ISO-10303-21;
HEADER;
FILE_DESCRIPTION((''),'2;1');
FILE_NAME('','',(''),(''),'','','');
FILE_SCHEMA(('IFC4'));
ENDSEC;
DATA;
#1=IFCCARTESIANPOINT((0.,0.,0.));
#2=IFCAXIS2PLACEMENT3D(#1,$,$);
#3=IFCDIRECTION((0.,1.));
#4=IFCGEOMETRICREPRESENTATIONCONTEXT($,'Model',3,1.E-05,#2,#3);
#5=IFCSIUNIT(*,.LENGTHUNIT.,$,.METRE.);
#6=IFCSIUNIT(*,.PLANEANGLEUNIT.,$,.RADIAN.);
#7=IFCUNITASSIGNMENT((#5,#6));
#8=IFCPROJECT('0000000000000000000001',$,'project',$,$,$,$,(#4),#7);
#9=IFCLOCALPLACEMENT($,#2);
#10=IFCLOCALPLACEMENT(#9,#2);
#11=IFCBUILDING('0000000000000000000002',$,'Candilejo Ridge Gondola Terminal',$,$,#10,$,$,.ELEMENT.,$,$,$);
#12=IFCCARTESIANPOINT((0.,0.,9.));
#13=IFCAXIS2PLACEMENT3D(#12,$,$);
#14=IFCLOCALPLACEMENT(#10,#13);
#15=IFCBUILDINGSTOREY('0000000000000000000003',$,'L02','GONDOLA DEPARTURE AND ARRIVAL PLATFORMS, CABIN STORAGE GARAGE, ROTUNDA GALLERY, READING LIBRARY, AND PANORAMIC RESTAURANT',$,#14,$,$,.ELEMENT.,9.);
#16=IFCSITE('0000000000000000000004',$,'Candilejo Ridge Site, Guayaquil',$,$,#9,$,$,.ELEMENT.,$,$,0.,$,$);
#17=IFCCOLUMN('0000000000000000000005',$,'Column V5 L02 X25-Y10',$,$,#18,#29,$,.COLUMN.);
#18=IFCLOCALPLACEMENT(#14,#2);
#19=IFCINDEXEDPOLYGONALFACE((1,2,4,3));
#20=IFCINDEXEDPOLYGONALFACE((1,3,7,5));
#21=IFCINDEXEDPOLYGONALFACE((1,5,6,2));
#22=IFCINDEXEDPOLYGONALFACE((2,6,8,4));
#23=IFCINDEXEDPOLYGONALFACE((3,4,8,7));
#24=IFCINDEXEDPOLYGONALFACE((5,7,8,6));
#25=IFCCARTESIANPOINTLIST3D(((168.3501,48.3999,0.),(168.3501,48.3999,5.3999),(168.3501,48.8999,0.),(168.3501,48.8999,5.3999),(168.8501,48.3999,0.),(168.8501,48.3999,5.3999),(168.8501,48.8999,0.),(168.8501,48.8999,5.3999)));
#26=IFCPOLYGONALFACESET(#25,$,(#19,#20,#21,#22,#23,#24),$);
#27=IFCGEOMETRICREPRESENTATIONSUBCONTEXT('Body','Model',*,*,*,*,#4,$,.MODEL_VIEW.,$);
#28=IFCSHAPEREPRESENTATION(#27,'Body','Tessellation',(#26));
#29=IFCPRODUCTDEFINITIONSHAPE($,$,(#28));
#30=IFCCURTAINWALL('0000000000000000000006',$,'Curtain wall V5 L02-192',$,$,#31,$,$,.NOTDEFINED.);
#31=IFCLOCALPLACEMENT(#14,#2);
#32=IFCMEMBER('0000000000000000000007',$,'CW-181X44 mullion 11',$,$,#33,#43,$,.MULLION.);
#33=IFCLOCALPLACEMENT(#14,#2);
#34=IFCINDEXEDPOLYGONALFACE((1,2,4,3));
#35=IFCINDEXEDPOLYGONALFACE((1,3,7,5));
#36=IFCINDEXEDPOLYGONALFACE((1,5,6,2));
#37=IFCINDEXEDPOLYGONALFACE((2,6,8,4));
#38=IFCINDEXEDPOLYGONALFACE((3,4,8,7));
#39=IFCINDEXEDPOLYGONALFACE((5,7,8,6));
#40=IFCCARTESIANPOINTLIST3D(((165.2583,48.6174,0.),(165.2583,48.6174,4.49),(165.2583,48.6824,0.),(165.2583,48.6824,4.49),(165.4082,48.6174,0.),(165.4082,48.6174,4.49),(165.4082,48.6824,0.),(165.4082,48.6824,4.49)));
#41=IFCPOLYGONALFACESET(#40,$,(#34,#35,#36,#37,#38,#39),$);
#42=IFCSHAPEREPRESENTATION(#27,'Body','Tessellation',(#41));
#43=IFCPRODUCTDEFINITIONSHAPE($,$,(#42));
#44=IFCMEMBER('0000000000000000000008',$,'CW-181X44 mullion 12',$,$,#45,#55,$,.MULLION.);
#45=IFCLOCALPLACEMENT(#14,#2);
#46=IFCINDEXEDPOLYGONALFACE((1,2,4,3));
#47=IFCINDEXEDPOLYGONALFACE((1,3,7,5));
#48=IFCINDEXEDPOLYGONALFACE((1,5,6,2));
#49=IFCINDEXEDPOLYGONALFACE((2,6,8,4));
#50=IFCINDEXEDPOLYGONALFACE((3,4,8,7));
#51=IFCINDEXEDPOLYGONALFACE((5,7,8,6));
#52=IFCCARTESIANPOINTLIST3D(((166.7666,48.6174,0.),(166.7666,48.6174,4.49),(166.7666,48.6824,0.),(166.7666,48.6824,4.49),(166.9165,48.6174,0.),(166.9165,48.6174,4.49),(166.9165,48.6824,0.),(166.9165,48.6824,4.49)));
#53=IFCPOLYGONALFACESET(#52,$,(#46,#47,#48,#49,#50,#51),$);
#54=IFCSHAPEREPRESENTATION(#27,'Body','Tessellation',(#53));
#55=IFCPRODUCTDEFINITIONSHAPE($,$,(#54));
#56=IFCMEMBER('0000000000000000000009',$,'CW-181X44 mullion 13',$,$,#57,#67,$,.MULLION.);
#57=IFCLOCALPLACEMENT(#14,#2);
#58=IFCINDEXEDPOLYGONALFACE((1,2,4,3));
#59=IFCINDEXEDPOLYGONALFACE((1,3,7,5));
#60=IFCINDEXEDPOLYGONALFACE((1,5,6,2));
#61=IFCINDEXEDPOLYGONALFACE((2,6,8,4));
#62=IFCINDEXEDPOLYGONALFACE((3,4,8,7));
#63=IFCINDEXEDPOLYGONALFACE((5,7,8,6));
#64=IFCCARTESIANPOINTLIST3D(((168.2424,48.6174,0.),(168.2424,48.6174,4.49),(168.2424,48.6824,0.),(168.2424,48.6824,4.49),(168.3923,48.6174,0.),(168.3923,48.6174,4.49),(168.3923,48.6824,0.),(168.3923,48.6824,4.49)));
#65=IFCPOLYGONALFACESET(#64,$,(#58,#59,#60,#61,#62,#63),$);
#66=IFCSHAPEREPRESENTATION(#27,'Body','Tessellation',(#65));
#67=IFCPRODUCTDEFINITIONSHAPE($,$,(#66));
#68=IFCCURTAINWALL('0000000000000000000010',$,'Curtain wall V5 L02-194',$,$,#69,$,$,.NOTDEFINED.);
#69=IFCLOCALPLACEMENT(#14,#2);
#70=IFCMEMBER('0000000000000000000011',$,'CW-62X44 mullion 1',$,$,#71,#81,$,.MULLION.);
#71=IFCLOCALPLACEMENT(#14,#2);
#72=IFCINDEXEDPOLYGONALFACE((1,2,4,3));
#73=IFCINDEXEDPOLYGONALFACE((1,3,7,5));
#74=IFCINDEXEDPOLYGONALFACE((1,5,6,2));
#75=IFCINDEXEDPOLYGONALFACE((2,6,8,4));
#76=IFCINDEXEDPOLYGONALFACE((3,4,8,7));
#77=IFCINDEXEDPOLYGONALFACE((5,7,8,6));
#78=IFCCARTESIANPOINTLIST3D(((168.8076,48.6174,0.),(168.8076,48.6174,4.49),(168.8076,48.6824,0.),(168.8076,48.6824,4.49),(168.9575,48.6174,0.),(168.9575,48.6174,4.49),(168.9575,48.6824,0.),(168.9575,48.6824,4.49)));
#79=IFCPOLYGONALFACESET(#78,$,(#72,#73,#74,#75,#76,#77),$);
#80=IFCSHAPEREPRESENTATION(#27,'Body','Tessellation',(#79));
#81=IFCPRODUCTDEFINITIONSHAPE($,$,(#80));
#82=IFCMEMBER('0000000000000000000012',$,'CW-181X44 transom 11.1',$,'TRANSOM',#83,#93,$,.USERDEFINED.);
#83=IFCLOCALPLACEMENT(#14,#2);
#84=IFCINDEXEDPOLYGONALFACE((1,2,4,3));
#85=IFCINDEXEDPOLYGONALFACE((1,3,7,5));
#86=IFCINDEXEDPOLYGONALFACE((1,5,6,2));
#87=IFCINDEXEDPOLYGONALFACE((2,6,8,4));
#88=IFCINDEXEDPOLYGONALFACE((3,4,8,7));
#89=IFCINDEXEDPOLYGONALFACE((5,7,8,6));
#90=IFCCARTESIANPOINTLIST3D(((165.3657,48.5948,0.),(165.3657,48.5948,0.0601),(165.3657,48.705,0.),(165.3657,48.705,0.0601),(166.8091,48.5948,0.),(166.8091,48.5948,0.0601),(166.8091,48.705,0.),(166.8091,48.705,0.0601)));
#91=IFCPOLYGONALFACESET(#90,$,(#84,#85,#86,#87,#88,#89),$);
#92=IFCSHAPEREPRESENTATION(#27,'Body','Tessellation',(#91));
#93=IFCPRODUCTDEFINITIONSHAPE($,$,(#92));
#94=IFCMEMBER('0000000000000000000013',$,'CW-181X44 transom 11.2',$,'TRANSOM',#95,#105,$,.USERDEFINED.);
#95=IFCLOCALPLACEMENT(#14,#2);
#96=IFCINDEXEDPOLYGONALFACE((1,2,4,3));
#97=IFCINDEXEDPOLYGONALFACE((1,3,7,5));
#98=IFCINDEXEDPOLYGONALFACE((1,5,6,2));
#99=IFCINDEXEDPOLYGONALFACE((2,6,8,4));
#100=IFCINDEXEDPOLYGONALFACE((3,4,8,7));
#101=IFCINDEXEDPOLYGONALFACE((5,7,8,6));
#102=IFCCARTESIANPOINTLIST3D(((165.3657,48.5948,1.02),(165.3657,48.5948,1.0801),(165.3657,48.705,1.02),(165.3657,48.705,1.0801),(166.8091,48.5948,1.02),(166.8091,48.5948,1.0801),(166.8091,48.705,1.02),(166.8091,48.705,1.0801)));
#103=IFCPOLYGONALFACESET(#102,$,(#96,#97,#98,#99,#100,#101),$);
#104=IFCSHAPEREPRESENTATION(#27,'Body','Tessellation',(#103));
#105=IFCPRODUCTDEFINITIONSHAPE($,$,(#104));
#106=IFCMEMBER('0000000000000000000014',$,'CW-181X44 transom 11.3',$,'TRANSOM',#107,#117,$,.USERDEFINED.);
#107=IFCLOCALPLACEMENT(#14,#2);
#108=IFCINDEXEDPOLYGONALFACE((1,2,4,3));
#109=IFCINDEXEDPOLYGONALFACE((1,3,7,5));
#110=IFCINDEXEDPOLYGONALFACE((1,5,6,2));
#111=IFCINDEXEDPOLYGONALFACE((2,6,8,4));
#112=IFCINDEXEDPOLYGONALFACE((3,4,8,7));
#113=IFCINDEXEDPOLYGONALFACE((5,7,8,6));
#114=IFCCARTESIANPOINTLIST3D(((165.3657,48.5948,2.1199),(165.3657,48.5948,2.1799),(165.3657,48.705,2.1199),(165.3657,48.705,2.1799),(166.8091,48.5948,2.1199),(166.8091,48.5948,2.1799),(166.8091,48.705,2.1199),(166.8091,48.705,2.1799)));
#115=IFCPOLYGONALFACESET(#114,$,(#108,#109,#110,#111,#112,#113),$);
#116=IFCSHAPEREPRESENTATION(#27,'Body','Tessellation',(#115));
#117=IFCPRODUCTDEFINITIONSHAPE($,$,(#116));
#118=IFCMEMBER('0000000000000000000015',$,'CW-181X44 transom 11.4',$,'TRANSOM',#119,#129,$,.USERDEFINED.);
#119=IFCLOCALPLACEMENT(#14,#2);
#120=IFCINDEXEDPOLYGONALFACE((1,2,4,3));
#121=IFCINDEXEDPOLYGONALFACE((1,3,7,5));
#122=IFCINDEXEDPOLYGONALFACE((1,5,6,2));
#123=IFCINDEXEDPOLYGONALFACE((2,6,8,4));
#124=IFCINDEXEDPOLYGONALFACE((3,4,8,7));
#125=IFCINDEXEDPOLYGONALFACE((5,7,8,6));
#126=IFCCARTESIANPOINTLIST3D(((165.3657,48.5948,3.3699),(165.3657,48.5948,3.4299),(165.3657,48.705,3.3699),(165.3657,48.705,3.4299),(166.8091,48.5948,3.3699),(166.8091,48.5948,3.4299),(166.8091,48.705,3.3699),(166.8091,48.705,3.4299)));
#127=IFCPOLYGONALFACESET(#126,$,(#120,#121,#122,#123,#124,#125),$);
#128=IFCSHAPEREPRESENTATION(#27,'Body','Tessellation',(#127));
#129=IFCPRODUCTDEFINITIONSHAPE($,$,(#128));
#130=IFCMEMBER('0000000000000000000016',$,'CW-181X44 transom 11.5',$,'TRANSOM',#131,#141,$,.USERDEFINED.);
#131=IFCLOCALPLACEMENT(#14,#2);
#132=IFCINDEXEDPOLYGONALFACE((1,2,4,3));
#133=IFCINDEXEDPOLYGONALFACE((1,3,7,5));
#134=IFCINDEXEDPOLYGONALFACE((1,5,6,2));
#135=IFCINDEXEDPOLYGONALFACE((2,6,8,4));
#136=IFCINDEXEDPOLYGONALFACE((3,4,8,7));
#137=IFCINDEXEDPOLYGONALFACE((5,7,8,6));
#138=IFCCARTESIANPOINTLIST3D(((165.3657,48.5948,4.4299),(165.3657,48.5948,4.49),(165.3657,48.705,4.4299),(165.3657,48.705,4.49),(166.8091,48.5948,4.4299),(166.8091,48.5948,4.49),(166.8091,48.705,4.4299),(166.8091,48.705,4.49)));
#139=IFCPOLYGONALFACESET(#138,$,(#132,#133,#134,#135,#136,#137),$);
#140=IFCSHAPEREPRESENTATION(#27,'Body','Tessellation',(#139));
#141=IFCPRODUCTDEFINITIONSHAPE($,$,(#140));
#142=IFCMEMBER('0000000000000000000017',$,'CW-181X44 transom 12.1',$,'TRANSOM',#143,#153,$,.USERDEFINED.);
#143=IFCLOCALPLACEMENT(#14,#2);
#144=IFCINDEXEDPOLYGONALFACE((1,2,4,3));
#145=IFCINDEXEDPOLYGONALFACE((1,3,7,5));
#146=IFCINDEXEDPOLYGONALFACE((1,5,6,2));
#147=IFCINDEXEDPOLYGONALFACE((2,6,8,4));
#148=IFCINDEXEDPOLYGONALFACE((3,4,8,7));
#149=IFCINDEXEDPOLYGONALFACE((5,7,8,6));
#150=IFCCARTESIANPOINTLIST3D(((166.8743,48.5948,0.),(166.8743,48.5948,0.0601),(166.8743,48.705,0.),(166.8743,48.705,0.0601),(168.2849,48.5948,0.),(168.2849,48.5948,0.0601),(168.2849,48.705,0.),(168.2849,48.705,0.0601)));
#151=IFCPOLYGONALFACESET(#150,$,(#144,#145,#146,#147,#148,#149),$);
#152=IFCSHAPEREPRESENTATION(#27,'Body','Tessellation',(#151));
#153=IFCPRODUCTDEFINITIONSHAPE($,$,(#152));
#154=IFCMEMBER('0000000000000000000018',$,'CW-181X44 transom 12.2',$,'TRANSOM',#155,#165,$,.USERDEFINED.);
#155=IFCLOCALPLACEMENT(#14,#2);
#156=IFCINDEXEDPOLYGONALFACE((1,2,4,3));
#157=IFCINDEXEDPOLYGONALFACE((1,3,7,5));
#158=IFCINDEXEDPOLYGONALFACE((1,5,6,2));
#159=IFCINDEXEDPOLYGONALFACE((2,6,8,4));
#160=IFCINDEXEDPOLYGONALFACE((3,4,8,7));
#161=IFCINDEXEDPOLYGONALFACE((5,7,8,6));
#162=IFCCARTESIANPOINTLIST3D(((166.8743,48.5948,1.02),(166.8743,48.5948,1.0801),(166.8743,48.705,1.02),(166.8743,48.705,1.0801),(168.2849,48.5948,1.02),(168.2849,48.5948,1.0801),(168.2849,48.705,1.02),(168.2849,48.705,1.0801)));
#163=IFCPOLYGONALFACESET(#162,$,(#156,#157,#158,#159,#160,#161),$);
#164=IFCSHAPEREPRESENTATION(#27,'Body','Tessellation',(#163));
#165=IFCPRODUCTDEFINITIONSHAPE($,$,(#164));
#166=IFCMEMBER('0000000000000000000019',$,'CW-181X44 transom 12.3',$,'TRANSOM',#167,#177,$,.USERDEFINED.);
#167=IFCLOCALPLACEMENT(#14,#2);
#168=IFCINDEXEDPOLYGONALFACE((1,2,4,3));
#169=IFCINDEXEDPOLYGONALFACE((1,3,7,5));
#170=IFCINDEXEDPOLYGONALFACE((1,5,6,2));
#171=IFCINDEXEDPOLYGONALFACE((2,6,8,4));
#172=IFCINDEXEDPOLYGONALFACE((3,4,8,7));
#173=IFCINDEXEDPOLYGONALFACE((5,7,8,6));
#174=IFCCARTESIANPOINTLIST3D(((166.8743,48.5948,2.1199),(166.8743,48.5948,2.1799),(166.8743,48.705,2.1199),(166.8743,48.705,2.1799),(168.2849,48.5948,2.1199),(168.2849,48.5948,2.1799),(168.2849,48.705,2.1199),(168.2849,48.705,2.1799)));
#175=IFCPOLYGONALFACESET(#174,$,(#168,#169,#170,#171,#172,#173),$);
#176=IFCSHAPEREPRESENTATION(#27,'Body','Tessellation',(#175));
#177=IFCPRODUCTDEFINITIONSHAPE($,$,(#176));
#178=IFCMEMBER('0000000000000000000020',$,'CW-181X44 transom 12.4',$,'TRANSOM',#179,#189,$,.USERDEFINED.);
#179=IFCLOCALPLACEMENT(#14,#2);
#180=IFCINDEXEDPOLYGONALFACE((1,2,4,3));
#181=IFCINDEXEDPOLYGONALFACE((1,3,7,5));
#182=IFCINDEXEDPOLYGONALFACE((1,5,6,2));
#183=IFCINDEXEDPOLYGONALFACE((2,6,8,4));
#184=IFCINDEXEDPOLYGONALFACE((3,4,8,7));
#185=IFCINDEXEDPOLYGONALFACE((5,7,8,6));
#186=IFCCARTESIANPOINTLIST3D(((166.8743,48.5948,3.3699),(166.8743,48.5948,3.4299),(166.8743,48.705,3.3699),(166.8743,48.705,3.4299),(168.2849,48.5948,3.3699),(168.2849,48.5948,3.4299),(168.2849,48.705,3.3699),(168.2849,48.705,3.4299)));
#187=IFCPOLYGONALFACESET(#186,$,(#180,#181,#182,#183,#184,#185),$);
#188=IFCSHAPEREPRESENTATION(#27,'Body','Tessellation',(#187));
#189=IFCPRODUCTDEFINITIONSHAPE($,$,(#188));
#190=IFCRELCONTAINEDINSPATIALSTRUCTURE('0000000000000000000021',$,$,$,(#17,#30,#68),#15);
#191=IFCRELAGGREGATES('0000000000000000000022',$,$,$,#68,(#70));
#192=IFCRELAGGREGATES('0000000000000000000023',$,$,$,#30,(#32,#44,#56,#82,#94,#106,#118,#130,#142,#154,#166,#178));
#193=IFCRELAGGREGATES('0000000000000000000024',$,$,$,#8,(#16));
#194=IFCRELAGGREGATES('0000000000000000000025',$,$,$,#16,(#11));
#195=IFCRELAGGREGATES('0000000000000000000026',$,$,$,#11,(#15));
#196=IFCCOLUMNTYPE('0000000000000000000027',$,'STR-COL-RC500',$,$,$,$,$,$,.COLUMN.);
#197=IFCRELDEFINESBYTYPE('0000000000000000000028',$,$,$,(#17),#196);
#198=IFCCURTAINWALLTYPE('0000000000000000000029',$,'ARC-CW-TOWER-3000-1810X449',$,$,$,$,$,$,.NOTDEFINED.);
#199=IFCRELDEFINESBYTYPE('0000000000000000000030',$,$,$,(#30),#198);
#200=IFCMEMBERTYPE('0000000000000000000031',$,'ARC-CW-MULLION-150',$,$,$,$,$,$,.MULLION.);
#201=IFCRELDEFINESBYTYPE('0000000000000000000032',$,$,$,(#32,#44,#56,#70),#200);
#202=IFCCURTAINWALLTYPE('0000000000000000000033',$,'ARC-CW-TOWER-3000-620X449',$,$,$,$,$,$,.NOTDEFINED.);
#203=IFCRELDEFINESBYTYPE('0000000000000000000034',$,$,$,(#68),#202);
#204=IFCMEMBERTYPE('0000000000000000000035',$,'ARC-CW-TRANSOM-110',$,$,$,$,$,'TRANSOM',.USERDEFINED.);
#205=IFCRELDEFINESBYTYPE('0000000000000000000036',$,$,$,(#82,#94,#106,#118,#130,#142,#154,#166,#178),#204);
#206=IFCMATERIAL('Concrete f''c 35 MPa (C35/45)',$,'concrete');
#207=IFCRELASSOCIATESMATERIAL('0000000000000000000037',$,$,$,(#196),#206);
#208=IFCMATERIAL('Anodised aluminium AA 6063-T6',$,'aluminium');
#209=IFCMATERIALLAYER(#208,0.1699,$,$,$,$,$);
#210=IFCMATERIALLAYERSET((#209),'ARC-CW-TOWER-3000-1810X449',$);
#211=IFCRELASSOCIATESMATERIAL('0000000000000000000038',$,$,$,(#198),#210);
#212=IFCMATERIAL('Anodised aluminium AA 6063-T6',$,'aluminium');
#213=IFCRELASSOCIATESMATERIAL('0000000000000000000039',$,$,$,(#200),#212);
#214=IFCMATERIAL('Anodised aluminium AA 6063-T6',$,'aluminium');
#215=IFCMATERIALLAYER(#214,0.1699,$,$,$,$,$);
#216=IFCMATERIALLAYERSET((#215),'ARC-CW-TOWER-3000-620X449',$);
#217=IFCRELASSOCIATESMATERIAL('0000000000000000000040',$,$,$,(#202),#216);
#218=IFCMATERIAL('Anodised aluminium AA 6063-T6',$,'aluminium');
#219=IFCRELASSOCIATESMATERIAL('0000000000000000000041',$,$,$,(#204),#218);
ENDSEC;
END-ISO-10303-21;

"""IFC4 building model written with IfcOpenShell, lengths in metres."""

from ifc_helpers import new_model, si_unit, direction, frame, origin, origin_2d, place, context, subcontext, project, spatial, rectangle, extrude, material, layer, layer_set, material_profile, profile_set, type_object, element, aggregate, save


model = new_model("IFC4")

# Units and contexts
model_context = context("Model", 3, precision=1e-05, world=origin(), true_north=direction((0.0, 1.0)))
body_context = subcontext(model_context, "Body", "Model", "MODEL_VIEW")
ifc_project = project(units=[si_unit("LENGTHUNIT", "METRE"), si_unit("PLANEANGLEUNIT", "RADIAN")], contexts=[model_context])

# Site, building, storey
site_placement = place(None, origin())
site = spatial("IfcSite", under=ifc_project, at=site_placement, Name="Candilejo Ridge Site, Guayaquil", CompositionType="ELEMENT", RefElevation=0.0)
building_placement = place(site_placement, origin())
building = spatial("IfcBuilding", under=site, at=building_placement, Name="Candilejo Ridge Gondola Terminal", CompositionType="ELEMENT")
storey_placement = place(building_placement, frame((0.0, 0.0, 9.0)))
storey = spatial("IfcBuildingStorey", under=building, at=storey_placement, Name="L02", Description="GONDOLA DEPARTURE AND ARRIVAL PLATFORMS, CABIN STORAGE GARAGE, ROTUNDA GALLERY, READING LIBRARY, AND PANORAMIC RESTAURANT", CompositionType="ELEMENT", Elevation=9.0)

# Column
ifc_material_1 = material(Name="Concrete f'c 35 MPa (C35/45)", Category="concrete")
ifc_material_profile_1 = material_profile(ifc_material_1, rectangle(XDim=0.5, YDim=0.5, at=origin_2d()))
ifc_profile_set_1 = profile_set([ifc_material_profile_1], Name="Concrete f'c 35 MPa (C35/45)")
column_type = type_object("IfcColumnType", Name="STR-COL-RC500", PredefinedType="COLUMN", material=ifc_profile_set_1)
column_placement = place(storey_placement, frame((168.6001, 48.6499, 0.0), z_axis=(0.0, 0.0, 1.0), x_axis=(1.0, 0.0, 0.0)))
element("IfcColumn", 1, at=column_placement, inside=storey, type_object=column_type, Name="Column V5 L02 X25-Y10", PredefinedType="COLUMN", context=body_context, shape_type="SweptSolid", body=[
    extrude(rectangle(XDim=0.5, YDim=0.5, at=origin_2d()), origin(), (0.0, 0.0, 1.0), 5.3999),
])

# Curtain wall, members
ifc_material_2 = material(Name="Anodised aluminium AA 6063-T6", Category="aluminium")
ifc_layer_1 = layer(ifc_material_2, 0.1699)
ifc_layer_set_1 = layer_set([ifc_layer_1], Name="ARC-CW-TOWER-3000-1810X449")
curtain_wall_type_1 = type_object("IfcCurtainWallType", Name="ARC-CW-TOWER-3000-1810X449", PredefinedType="NOTDEFINED", material=ifc_layer_set_1)
curtain_wall_1_placement = place(storey_placement, origin())
curtain_wall_1 = element("IfcCurtainWall", 2, at=curtain_wall_1_placement, inside=storey, type_object=curtain_wall_type_1, Name="Curtain wall V5 L02-192", PredefinedType="NOTDEFINED")
ifc_material_3 = material(Name="Anodised aluminium AA 6063-T6", Category="aluminium")
ifc_material_profile_2 = material_profile(ifc_material_3, rectangle(XDim=0.0649, YDim=0.1499, at=origin_2d()))
ifc_profile_set_2 = profile_set([ifc_material_profile_2], Name="Anodised aluminium AA 6063-T6")
member_type_1 = type_object("IfcMemberType", Name="ARC-CW-MULLION-150", PredefinedType="MULLION", material=ifc_profile_set_2)
member_1_placement = place(storey_placement, frame((165.3333, 48.6499, 0.0), z_axis=(0.0, 0.0, 1.0), x_axis=(0.0, 1.0, 0.0)))
member_1 = element("IfcMember", 3, at=member_1_placement, type_object=member_type_1, Name="CW-181X44 mullion 11", PredefinedType="MULLION", context=body_context, shape_type="SweptSolid", body=[
    extrude(rectangle(XDim=0.0649, YDim=0.1499, at=origin_2d()), origin(), (0.0, 0.0, 1.0), 4.49),
])
member_2_placement = place(storey_placement, frame((166.8416, 48.6499, 0.0), z_axis=(0.0, 0.0, 1.0), x_axis=(0.0, 1.0, 0.0)))
member_2 = element("IfcMember", 4, at=member_2_placement, type_object=member_type_1, Name="CW-181X44 mullion 12", PredefinedType="MULLION", context=body_context, shape_type="SweptSolid", body=[
    extrude(rectangle(XDim=0.0649, YDim=0.1499, at=origin_2d()), origin(), (0.0, 0.0, 1.0), 4.49),
])
member_3_placement = place(storey_placement, frame((168.3174, 48.6499, 0.0), z_axis=(0.0, 0.0, 1.0), x_axis=(0.0, 1.0, 0.0)))
member_3 = element("IfcMember", 5, at=member_3_placement, type_object=member_type_1, Name="CW-181X44 mullion 13", PredefinedType="MULLION", context=body_context, shape_type="SweptSolid", body=[
    extrude(rectangle(XDim=0.0649, YDim=0.1499, at=origin_2d()), origin(), (0.0, 0.0, 1.0), 4.49),
])

# Curtain wall, member
ifc_material_4 = material(Name="Anodised aluminium AA 6063-T6", Category="aluminium")
ifc_layer_2 = layer(ifc_material_4, 0.1699)
ifc_layer_set_2 = layer_set([ifc_layer_2], Name="ARC-CW-TOWER-3000-620X449")
curtain_wall_type_2 = type_object("IfcCurtainWallType", Name="ARC-CW-TOWER-3000-620X449", PredefinedType="NOTDEFINED", material=ifc_layer_set_2)
curtain_wall_2_placement = place(storey_placement, origin())
curtain_wall_2 = element("IfcCurtainWall", 6, at=curtain_wall_2_placement, inside=storey, type_object=curtain_wall_type_2, Name="Curtain wall V5 L02-194", PredefinedType="NOTDEFINED")
member_4_placement = place(storey_placement, frame((168.8826, 48.6499, 0.0), z_axis=(0.0, 0.0, 1.0), x_axis=(0.0, 1.0, 0.0)))
member_4 = element("IfcMember", 7, at=member_4_placement, type_object=member_type_1, Name="CW-62X44 mullion 1", PredefinedType="MULLION", context=body_context, shape_type="SweptSolid", body=[
    extrude(rectangle(XDim=0.0649, YDim=0.1499, at=origin_2d()), origin(), (0.0, 0.0, 1.0), 4.49),
])

# Members
ifc_material_5 = material(Name="Anodised aluminium AA 6063-T6", Category="aluminium")
ifc_material_profile_3 = material_profile(ifc_material_5, rectangle(XDim=0.1101, YDim=0.0601, at=origin_2d()))
ifc_profile_set_3 = profile_set([ifc_material_profile_3], Name="Anodised aluminium AA 6063-T6")
member_type_2 = type_object("IfcMemberType", Name="ARC-CW-TRANSOM-110", ElementType="TRANSOM", PredefinedType="USERDEFINED", material=ifc_profile_set_3)
member_5_placement = place(storey_placement, frame((165.3657, 48.6499, 0.03), z_axis=(1.0, 0.0, 0.0), x_axis=(0.0, 1.0, 0.0)))
member_5 = element("IfcMember", 8, at=member_5_placement, type_object=member_type_2, Name="CW-181X44 transom 11.1", ObjectType="TRANSOM", PredefinedType="USERDEFINED", context=body_context, shape_type="SweptSolid", body=[
    extrude(rectangle(XDim=0.1101, YDim=0.0601, at=origin_2d()), origin(), (0.0, 0.0, 1.0), 1.4434),
])
member_6_placement = place(storey_placement, frame((165.3657, 48.6499, 1.05), z_axis=(1.0, 0.0, 0.0), x_axis=(0.0, 1.0, 0.0)))
member_6 = element("IfcMember", 9, at=member_6_placement, type_object=member_type_2, Name="CW-181X44 transom 11.2", ObjectType="TRANSOM", PredefinedType="USERDEFINED", context=body_context, shape_type="SweptSolid", body=[
    extrude(rectangle(XDim=0.1101, YDim=0.0601, at=origin_2d()), origin(), (0.0, 0.0, 1.0), 1.4434),
])
member_7_placement = place(storey_placement, frame((165.3657, 48.6499, 2.1499), z_axis=(1.0, 0.0, 0.0), x_axis=(0.0, 1.0, 0.0)))
member_7 = element("IfcMember", 10, at=member_7_placement, type_object=member_type_2, Name="CW-181X44 transom 11.3", ObjectType="TRANSOM", PredefinedType="USERDEFINED", context=body_context, shape_type="SweptSolid", body=[
    extrude(rectangle(XDim=0.1101, YDim=0.0601, at=origin_2d()), origin(), (0.0, 0.0, 1.0), 1.4434),
])
member_8_placement = place(storey_placement, frame((165.3657, 48.6499, 3.3999), z_axis=(1.0, 0.0, 0.0), x_axis=(0.0, 1.0, 0.0)))
member_8 = element("IfcMember", 11, at=member_8_placement, type_object=member_type_2, Name="CW-181X44 transom 11.4", ObjectType="TRANSOM", PredefinedType="USERDEFINED", context=body_context, shape_type="SweptSolid", body=[
    extrude(rectangle(XDim=0.1101, YDim=0.0601, at=origin_2d()), origin(), (0.0, 0.0, 1.0), 1.4434),
])
member_9_placement = place(storey_placement, frame((165.3657, 48.6499, 4.46), z_axis=(1.0, 0.0, 0.0), x_axis=(0.0, 1.0, 0.0)))
member_9 = element("IfcMember", 12, at=member_9_placement, type_object=member_type_2, Name="CW-181X44 transom 11.5", ObjectType="TRANSOM", PredefinedType="USERDEFINED", context=body_context, shape_type="SweptSolid", body=[
    extrude(rectangle(XDim=0.1101, YDim=0.0601, at=origin_2d()), origin(), (0.0, 0.0, 1.0), 1.4434),
])
member_10_placement = place(storey_placement, frame((166.8743, 48.6499, 0.03), z_axis=(1.0, 0.0, 0.0), x_axis=(0.0, 1.0, 0.0)))
member_10 = element("IfcMember", 13, at=member_10_placement, type_object=member_type_2, Name="CW-181X44 transom 12.1", ObjectType="TRANSOM", PredefinedType="USERDEFINED", context=body_context, shape_type="SweptSolid", body=[
    extrude(rectangle(XDim=0.1101, YDim=0.0601, at=origin_2d()), origin(), (0.0, 0.0, 1.0), 1.4106),
])
member_11_placement = place(storey_placement, frame((166.8743, 48.6499, 1.05), z_axis=(1.0, 0.0, 0.0), x_axis=(0.0, 1.0, 0.0)))
member_11 = element("IfcMember", 14, at=member_11_placement, type_object=member_type_2, Name="CW-181X44 transom 12.2", ObjectType="TRANSOM", PredefinedType="USERDEFINED", context=body_context, shape_type="SweptSolid", body=[
    extrude(rectangle(XDim=0.1101, YDim=0.0601, at=origin_2d()), origin(), (0.0, 0.0, 1.0), 1.4106),
])
member_12_placement = place(storey_placement, frame((166.8743, 48.6499, 2.1499), z_axis=(1.0, 0.0, 0.0), x_axis=(0.0, 1.0, 0.0)))
member_12 = element("IfcMember", 15, at=member_12_placement, type_object=member_type_2, Name="CW-181X44 transom 12.3", ObjectType="TRANSOM", PredefinedType="USERDEFINED", context=body_context, shape_type="SweptSolid", body=[
    extrude(rectangle(XDim=0.1101, YDim=0.0601, at=origin_2d()), origin(), (0.0, 0.0, 1.0), 1.4106),
])
member_13_placement = place(storey_placement, frame((166.8743, 48.6499, 3.3999), z_axis=(1.0, 0.0, 0.0), x_axis=(0.0, 1.0, 0.0)))
member_13 = element("IfcMember", 16, at=member_13_placement, type_object=member_type_2, Name="CW-181X44 transom 12.4", ObjectType="TRANSOM", PredefinedType="USERDEFINED", context=body_context, shape_type="SweptSolid", body=[
    extrude(rectangle(XDim=0.1101, YDim=0.0601, at=origin_2d()), origin(), (0.0, 0.0, 1.0), 1.4106),
])
aggregate(curtain_wall_2, [member_4])

aggregate(curtain_wall_1, [member_1, member_2, member_3, member_5, member_6, member_7, member_8, member_9, member_10, member_11, member_12, member_13])

save(model, "model.ifc")
